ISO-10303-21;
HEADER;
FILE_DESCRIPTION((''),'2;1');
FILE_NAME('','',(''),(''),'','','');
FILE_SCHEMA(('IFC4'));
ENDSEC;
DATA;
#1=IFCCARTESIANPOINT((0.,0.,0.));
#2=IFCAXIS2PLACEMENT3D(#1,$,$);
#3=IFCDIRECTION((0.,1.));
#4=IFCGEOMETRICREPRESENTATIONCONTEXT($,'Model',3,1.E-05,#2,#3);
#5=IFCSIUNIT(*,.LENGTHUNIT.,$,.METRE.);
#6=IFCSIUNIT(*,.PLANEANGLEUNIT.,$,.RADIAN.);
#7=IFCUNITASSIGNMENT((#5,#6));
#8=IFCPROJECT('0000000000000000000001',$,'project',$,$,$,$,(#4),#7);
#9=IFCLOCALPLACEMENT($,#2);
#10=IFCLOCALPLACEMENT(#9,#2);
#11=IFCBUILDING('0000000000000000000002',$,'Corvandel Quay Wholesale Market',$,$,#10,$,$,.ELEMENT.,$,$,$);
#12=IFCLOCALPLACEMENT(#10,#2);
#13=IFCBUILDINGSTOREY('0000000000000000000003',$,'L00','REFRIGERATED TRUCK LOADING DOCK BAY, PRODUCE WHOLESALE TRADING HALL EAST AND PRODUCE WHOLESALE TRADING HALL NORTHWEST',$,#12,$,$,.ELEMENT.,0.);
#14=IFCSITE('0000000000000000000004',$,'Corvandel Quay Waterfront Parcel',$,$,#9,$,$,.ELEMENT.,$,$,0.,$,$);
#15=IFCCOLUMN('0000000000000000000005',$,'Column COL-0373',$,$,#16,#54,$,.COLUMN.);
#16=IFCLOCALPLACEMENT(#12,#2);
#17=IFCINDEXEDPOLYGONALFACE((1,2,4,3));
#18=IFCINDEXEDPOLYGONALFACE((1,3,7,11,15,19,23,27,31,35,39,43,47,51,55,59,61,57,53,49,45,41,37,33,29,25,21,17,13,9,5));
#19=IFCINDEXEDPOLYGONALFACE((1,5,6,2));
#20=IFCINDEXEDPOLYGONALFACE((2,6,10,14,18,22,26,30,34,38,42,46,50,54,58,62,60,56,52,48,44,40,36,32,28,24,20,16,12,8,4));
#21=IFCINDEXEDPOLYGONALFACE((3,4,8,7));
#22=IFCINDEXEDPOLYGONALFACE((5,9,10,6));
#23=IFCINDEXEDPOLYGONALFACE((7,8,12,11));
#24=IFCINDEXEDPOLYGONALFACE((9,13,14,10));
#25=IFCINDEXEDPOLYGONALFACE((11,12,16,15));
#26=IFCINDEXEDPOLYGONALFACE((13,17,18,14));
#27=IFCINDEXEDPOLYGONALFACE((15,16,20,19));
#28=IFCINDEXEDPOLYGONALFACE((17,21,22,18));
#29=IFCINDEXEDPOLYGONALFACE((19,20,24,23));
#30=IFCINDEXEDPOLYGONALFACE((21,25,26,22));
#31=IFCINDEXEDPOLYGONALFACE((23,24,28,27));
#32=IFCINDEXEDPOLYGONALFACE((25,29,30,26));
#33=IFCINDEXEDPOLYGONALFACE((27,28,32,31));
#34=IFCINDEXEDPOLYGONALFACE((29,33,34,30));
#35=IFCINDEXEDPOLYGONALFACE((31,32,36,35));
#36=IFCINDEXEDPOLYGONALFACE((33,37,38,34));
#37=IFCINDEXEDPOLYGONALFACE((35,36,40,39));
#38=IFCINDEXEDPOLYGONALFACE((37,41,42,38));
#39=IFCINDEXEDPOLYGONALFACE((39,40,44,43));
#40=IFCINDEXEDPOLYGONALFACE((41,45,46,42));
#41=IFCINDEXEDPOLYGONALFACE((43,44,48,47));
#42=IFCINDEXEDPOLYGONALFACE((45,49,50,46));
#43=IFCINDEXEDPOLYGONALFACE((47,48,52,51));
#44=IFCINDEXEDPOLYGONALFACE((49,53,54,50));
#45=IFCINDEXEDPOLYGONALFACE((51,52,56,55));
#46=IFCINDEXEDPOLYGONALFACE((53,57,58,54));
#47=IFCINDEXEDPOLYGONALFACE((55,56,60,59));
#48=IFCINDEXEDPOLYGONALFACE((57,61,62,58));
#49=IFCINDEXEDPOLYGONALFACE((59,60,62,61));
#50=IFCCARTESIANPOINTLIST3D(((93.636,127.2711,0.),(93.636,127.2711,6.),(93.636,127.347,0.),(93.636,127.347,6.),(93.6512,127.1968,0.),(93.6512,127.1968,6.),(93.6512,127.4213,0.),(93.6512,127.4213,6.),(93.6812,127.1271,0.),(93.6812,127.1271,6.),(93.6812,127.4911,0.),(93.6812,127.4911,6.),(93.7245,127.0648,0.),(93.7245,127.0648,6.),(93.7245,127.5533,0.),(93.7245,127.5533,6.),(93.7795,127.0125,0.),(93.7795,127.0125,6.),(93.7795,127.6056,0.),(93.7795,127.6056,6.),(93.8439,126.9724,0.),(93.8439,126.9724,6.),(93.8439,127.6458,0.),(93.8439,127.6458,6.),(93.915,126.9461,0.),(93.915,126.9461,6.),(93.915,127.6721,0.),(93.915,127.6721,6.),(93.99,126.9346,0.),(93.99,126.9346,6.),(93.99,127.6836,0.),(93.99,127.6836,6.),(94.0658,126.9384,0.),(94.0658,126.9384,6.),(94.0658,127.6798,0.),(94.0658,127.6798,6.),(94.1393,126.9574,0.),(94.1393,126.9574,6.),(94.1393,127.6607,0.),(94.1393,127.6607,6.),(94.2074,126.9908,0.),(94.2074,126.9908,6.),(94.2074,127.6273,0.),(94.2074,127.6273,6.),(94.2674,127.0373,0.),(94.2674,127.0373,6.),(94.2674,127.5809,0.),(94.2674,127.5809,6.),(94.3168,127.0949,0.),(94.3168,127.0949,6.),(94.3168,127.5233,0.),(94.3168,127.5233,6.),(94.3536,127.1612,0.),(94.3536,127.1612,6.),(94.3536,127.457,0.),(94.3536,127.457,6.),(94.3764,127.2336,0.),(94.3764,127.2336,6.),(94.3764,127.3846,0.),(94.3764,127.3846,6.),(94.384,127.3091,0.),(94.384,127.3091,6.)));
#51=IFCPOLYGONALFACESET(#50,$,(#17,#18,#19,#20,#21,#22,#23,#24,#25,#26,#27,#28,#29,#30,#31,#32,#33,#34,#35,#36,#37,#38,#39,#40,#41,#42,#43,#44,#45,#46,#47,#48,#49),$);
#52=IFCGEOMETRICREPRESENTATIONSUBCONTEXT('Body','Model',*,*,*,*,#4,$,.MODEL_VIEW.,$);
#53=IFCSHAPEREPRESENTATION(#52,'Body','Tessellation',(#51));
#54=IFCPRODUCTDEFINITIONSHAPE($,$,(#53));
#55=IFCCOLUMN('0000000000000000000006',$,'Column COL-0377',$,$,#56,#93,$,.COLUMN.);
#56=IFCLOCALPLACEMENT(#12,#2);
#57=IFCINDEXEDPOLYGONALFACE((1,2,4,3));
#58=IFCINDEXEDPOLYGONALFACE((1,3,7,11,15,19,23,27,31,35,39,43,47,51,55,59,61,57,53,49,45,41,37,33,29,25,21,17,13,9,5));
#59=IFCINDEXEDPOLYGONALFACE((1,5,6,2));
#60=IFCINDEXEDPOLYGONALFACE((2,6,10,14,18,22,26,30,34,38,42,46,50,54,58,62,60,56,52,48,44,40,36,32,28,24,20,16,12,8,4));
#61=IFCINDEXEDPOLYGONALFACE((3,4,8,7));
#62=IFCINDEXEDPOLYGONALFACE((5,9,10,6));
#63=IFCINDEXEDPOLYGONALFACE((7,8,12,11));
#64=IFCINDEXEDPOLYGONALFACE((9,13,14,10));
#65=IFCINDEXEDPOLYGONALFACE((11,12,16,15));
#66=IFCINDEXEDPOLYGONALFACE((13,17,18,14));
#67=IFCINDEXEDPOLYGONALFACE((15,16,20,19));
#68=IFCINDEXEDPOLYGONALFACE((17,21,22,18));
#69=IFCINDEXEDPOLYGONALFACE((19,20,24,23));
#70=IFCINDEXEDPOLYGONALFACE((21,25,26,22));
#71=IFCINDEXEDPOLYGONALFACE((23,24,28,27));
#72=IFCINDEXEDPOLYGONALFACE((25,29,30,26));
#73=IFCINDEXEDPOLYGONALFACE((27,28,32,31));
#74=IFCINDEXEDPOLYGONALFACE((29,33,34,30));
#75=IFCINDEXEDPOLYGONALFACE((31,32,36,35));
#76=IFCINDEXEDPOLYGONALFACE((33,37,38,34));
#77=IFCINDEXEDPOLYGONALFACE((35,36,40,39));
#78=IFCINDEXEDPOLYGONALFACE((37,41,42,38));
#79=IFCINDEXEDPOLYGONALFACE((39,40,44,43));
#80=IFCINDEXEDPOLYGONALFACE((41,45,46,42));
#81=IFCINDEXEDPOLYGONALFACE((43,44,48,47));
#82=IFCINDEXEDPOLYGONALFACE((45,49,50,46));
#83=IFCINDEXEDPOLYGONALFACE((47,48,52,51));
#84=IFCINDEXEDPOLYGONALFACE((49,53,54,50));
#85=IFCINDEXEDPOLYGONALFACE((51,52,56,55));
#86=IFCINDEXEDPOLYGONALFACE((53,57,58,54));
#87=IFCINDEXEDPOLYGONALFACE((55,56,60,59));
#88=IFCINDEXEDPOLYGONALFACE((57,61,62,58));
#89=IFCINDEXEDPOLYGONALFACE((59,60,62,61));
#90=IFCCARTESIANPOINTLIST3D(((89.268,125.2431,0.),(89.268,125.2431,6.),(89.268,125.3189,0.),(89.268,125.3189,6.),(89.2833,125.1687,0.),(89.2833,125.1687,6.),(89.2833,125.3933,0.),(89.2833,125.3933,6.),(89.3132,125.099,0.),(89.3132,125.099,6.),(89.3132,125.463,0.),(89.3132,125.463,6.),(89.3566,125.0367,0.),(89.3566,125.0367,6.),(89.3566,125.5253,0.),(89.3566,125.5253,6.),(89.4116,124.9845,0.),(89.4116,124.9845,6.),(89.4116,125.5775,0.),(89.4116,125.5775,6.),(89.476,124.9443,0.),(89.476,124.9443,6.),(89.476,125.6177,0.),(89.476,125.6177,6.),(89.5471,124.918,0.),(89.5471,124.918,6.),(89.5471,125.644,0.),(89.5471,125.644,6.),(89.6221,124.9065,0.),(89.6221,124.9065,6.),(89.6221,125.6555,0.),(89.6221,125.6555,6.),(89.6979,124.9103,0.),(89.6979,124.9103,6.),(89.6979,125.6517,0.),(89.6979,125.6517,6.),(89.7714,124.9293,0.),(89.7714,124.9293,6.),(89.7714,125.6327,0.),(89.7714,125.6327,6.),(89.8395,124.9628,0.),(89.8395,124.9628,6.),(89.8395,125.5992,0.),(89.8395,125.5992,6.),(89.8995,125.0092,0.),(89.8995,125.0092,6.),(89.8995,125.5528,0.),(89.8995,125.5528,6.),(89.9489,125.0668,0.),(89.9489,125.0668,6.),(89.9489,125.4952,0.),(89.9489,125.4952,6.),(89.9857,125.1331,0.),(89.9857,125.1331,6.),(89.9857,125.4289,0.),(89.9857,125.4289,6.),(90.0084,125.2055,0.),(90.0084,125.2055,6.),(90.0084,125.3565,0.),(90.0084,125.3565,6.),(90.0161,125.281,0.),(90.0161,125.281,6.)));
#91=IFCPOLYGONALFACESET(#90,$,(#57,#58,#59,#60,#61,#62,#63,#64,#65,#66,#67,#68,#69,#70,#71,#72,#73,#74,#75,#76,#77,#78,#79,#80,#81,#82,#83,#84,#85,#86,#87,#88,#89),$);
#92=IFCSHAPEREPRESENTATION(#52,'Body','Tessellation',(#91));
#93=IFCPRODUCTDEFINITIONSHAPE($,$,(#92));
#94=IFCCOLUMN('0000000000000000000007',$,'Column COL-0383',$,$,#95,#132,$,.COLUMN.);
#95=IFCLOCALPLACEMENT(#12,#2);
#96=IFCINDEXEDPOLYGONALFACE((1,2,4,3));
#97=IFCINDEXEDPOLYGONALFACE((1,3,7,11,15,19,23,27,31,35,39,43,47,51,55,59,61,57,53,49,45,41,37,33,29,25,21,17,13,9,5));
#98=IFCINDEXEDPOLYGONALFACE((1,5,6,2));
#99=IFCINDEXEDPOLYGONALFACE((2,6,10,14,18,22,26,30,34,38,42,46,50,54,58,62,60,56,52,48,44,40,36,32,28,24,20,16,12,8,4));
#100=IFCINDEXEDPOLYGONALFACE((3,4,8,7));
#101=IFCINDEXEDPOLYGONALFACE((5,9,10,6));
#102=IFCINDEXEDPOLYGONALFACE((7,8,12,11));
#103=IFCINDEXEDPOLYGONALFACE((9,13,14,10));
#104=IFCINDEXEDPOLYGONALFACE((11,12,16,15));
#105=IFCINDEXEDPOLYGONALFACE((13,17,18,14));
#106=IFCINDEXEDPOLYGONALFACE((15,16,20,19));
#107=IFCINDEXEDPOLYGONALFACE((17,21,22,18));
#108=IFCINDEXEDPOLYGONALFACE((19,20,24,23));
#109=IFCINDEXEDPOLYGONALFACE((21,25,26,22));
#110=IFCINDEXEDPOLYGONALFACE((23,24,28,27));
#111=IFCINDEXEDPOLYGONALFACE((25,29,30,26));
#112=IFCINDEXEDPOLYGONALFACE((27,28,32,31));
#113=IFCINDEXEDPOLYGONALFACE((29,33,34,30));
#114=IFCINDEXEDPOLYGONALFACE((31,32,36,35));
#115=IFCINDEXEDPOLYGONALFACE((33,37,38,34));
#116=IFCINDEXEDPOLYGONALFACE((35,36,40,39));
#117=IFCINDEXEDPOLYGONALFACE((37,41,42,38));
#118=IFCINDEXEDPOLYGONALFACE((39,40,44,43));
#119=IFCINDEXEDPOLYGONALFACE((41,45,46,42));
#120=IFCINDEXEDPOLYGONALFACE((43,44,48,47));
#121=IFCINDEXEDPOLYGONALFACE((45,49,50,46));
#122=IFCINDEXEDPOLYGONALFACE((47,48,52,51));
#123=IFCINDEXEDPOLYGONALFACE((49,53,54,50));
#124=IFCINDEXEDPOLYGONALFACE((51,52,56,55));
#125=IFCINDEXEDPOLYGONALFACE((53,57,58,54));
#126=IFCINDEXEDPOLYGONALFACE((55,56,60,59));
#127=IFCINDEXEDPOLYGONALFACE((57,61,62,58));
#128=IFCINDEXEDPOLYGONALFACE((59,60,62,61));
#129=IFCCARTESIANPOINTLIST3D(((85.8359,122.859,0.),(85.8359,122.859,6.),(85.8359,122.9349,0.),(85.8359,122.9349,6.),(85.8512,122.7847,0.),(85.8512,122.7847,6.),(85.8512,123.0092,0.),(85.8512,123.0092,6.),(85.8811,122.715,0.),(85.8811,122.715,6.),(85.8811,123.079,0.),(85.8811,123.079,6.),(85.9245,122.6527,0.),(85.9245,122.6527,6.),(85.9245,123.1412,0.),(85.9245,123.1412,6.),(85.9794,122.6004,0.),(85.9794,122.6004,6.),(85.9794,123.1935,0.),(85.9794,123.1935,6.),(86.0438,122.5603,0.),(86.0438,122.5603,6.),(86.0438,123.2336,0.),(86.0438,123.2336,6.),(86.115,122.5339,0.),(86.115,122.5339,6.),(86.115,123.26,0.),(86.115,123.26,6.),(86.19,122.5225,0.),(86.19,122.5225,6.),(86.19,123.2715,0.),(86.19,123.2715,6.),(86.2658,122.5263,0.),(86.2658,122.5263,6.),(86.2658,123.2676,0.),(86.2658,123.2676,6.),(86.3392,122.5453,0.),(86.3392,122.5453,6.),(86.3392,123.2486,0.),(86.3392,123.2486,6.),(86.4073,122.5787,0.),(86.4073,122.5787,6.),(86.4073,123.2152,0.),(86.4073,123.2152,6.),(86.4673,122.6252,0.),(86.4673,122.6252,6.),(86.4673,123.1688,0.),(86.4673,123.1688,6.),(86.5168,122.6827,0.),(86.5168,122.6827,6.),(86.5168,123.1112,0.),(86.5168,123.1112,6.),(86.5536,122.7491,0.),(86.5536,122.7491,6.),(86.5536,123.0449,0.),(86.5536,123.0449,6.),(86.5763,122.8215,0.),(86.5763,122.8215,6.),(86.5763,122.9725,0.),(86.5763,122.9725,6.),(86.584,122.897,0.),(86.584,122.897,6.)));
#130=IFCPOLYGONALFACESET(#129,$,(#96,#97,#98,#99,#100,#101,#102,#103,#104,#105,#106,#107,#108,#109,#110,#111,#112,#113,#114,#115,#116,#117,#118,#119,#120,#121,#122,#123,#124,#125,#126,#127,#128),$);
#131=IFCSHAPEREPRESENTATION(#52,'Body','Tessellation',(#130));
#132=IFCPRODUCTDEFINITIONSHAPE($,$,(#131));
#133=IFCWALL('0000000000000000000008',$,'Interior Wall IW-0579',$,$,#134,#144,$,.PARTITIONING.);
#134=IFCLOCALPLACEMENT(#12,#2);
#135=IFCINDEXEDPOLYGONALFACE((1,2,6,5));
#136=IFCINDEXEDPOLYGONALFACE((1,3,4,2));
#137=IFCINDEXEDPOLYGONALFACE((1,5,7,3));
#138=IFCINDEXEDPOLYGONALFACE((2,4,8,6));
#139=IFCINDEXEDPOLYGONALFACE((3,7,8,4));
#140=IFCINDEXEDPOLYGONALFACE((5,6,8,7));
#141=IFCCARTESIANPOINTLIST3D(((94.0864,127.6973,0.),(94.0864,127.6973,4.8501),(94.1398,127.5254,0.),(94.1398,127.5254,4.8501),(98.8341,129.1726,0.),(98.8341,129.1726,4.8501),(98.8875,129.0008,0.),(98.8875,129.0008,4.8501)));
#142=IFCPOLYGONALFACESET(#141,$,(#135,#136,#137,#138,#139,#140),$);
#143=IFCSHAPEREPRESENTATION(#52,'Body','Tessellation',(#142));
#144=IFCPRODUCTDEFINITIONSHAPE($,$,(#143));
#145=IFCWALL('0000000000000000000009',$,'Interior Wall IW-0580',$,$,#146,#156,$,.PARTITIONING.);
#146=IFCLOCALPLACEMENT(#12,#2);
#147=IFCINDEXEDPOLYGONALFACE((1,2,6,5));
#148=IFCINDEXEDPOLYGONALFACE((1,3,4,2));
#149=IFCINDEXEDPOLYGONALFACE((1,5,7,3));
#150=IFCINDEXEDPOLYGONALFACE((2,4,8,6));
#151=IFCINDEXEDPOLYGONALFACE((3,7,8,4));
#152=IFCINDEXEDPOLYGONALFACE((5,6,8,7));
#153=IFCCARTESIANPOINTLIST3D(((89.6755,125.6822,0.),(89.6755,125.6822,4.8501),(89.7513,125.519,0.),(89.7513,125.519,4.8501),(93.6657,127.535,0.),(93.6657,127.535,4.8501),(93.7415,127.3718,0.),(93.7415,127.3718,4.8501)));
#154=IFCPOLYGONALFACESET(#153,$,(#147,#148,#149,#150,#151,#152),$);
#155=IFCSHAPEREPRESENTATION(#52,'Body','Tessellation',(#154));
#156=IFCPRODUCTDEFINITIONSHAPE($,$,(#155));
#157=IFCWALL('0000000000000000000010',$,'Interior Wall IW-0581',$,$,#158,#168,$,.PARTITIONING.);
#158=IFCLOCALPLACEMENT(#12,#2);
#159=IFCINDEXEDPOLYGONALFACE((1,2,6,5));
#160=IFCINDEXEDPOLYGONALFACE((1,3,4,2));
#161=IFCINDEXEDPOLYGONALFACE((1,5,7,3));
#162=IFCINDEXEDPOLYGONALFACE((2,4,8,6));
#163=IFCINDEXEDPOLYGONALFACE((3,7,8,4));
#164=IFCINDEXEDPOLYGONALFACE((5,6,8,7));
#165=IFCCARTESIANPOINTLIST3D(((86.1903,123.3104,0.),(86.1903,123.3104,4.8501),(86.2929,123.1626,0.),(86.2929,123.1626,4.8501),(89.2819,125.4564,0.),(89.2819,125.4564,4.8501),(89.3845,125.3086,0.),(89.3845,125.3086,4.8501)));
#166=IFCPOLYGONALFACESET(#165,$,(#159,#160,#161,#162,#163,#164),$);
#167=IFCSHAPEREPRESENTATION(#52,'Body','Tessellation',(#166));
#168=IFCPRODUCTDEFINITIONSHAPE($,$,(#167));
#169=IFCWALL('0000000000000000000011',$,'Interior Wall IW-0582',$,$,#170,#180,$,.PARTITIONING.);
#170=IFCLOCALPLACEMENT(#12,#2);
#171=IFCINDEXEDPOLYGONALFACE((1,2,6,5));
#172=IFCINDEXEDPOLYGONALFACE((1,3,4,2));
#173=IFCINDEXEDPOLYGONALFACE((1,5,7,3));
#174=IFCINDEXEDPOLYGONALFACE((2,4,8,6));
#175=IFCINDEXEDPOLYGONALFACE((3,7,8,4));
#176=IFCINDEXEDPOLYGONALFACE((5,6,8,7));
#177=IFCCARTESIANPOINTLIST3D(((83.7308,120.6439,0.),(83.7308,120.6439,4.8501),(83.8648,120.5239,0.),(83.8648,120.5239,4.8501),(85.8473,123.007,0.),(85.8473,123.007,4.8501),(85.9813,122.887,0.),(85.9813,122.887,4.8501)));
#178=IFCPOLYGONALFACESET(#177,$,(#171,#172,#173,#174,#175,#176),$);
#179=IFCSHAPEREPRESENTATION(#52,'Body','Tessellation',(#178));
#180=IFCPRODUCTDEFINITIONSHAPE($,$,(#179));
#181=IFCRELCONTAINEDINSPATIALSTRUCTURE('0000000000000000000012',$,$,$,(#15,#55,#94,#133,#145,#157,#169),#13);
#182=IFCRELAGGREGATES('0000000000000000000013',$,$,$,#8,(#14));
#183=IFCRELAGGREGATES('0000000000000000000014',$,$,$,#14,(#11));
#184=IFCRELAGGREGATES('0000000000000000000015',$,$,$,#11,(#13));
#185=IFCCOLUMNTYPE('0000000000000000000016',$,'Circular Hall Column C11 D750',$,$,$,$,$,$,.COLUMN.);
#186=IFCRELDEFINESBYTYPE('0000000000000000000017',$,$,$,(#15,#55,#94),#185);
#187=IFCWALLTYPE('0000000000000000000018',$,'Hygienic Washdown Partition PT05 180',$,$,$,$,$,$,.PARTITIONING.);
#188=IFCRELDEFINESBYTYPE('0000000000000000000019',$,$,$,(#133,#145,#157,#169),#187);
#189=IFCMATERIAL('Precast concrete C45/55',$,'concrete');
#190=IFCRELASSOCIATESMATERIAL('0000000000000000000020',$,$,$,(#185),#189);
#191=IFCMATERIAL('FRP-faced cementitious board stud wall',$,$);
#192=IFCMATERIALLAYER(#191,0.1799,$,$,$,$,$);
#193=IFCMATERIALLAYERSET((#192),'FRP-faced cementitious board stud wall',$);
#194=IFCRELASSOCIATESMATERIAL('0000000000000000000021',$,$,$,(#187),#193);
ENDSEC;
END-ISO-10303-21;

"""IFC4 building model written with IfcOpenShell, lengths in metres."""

from ifc_helpers import new_model, si_unit, direction, frame, frame_2d, origin, origin_2d, place, context, subcontext, project, spatial, rectangle, circle, extrude, material, layer, layer_set, material_profile, profile_set, type_object, element, save


model = new_model("IFC4")

# Units and contexts
model_context = context("Model", 3, precision=1e-05, world=origin(), true_north=direction((0.0, 1.0)))
body_context = subcontext(model_context, "Body", "Model", "MODEL_VIEW")
ifc_project = project(units=[si_unit("LENGTHUNIT", "METRE"), si_unit("PLANEANGLEUNIT", "RADIAN")], contexts=[model_context])

# Site, building, storey
site_placement = place(None, origin())
site = spatial("IfcSite", under=ifc_project, at=site_placement, Name="Corvandel Quay Waterfront Parcel", CompositionType="ELEMENT", RefElevation=0.0)
building_placement = place(site_placement, origin())
building = spatial("IfcBuilding", under=site, at=building_placement, Name="Corvandel Quay Wholesale Market", CompositionType="ELEMENT")
storey_placement = place(building_placement, origin())
storey = spatial("IfcBuildingStorey", under=building, at=storey_placement, Name="L00", Description="REFRIGERATED TRUCK LOADING DOCK BAY, PRODUCE WHOLESALE TRADING HALL EAST AND PRODUCE WHOLESALE TRADING HALL NORTHWEST", CompositionType="ELEMENT", Elevation=0.0)

# Columns
ifc_material_1 = material(Name="Precast concrete C45/55", Category="concrete")
ifc_material_profile_1 = material_profile(ifc_material_1, circle(Radius=0.375, at=origin_2d()), Name="PC-COL-D750")
ifc_profile_set_1 = profile_set([ifc_material_profile_1], Name="Precast concrete C45/55")
column_type = type_object("IfcColumnType", Name="Circular Hall Column C11 D750", PredefinedType="COLUMN", material=ifc_profile_set_1)
for number, where, z_axis, x_axis, name in (
    (1, (94.009, 127.3091, 0.0), (0.0, 0.0, 1.0), (1.0, 0.0, 0.0), "Column COL-0373"),
    (2, (89.6411, 125.281, 0.0), (0.0, 0.0, 1.0), (1.0, 0.0, 0.0), "Column COL-0377"),
    (3, (86.209, 122.897, 0.0), (0.0, 0.0, 1.0), (1.0, 0.0, 0.0), "Column COL-0383"),
):
    element("IfcColumn", number, at=place(storey_placement, frame(where, z_axis=z_axis, x_axis=x_axis)), inside=storey, type_object=column_type, Name=name, PredefinedType="COLUMN", context=body_context, shape_type="SweptSolid", body=[
        extrude(circle(Radius=0.375, at=origin_2d()), origin(), (0.0, 0.0, 1.0), 6.0),
    ])

# Walls
ifc_material_2 = material(Name="FRP-faced cementitious board stud wall")
ifc_layer_1 = layer(ifc_material_2, 0.1799)
ifc_layer_set_1 = layer_set([ifc_layer_1], Name="FRP-faced cementitious board stud wall")
wall_type = type_object("IfcWallType", Name="Hygienic Washdown Partition PT05 180", PredefinedType="PARTITIONING", material=ifc_layer_set_1)
wall_1_placement = place(storey_placement, frame((98.8608, 129.0867, 0.0), z_axis=(0.0, 0.0, 1.0), x_axis=(-0.954957, -0.296745, 0.0)))
element("IfcWall", 4, at=wall_1_placement, inside=storey, type_object=wall_type, Name="Interior Wall IW-0579", PredefinedType="PARTITIONING", context=body_context, shape_type="SweptSolid", body=[
    extrude(rectangle(XDim=4.9717, YDim=0.1799, at=frame_2d((2.4858, 0.0))), origin(), (0.0, 0.0, 1.0), 4.8501),
])
wall_2_placement = place(storey_placement, frame((93.7036, 127.4534, 0.0), z_axis=(0.0, 0.0, 1.0), x_axis=(-0.906994, -0.421144, 0.0)))
element("IfcWall", 5, at=wall_2_placement, inside=storey, type_object=wall_type, Name="Interior Wall IW-0580", PredefinedType="PARTITIONING", context=body_context, shape_type="SweptSolid", body=[
    extrude(rectangle(XDim=4.3994, YDim=0.1799, at=frame_2d((2.1997, 0.0))), origin(), (0.0, 0.0, 1.0), 4.8501),
])
wall_3_placement = place(storey_placement, frame((89.3333, 125.3826, 0.0), z_axis=(0.0, 0.0, 1.0), x_axis=(-0.821484, -0.570232, 0.0)))
element("IfcWall", 6, at=wall_3_placement, inside=storey, type_object=wall_type, Name="Interior Wall IW-0581", PredefinedType="PARTITIONING", context=body_context, shape_type="SweptSolid", body=[
    extrude(rectangle(XDim=3.7634, YDim=0.1799, at=frame_2d((1.8818, 0.0))), origin(), (0.0, 0.0, 1.0), 4.8501),
])
wall_4_placement = place(storey_placement, frame((85.9143, 122.947, 0.0), z_axis=(0.0, 0.0, 1.0), x_axis=(-0.667173, -0.744903, 0.0)))
element("IfcWall", 7, at=wall_4_placement, inside=storey, type_object=wall_type, Name="Interior Wall IW-0582", PredefinedType="PARTITIONING", context=body_context, shape_type="SweptSolid", body=[
    extrude(rectangle(XDim=3.1724, YDim=0.1799, at=frame_2d((1.5862, 0.0))), origin(), (0.0, 0.0, 1.0), 4.8501),
])

save(model, "model.ifc")
